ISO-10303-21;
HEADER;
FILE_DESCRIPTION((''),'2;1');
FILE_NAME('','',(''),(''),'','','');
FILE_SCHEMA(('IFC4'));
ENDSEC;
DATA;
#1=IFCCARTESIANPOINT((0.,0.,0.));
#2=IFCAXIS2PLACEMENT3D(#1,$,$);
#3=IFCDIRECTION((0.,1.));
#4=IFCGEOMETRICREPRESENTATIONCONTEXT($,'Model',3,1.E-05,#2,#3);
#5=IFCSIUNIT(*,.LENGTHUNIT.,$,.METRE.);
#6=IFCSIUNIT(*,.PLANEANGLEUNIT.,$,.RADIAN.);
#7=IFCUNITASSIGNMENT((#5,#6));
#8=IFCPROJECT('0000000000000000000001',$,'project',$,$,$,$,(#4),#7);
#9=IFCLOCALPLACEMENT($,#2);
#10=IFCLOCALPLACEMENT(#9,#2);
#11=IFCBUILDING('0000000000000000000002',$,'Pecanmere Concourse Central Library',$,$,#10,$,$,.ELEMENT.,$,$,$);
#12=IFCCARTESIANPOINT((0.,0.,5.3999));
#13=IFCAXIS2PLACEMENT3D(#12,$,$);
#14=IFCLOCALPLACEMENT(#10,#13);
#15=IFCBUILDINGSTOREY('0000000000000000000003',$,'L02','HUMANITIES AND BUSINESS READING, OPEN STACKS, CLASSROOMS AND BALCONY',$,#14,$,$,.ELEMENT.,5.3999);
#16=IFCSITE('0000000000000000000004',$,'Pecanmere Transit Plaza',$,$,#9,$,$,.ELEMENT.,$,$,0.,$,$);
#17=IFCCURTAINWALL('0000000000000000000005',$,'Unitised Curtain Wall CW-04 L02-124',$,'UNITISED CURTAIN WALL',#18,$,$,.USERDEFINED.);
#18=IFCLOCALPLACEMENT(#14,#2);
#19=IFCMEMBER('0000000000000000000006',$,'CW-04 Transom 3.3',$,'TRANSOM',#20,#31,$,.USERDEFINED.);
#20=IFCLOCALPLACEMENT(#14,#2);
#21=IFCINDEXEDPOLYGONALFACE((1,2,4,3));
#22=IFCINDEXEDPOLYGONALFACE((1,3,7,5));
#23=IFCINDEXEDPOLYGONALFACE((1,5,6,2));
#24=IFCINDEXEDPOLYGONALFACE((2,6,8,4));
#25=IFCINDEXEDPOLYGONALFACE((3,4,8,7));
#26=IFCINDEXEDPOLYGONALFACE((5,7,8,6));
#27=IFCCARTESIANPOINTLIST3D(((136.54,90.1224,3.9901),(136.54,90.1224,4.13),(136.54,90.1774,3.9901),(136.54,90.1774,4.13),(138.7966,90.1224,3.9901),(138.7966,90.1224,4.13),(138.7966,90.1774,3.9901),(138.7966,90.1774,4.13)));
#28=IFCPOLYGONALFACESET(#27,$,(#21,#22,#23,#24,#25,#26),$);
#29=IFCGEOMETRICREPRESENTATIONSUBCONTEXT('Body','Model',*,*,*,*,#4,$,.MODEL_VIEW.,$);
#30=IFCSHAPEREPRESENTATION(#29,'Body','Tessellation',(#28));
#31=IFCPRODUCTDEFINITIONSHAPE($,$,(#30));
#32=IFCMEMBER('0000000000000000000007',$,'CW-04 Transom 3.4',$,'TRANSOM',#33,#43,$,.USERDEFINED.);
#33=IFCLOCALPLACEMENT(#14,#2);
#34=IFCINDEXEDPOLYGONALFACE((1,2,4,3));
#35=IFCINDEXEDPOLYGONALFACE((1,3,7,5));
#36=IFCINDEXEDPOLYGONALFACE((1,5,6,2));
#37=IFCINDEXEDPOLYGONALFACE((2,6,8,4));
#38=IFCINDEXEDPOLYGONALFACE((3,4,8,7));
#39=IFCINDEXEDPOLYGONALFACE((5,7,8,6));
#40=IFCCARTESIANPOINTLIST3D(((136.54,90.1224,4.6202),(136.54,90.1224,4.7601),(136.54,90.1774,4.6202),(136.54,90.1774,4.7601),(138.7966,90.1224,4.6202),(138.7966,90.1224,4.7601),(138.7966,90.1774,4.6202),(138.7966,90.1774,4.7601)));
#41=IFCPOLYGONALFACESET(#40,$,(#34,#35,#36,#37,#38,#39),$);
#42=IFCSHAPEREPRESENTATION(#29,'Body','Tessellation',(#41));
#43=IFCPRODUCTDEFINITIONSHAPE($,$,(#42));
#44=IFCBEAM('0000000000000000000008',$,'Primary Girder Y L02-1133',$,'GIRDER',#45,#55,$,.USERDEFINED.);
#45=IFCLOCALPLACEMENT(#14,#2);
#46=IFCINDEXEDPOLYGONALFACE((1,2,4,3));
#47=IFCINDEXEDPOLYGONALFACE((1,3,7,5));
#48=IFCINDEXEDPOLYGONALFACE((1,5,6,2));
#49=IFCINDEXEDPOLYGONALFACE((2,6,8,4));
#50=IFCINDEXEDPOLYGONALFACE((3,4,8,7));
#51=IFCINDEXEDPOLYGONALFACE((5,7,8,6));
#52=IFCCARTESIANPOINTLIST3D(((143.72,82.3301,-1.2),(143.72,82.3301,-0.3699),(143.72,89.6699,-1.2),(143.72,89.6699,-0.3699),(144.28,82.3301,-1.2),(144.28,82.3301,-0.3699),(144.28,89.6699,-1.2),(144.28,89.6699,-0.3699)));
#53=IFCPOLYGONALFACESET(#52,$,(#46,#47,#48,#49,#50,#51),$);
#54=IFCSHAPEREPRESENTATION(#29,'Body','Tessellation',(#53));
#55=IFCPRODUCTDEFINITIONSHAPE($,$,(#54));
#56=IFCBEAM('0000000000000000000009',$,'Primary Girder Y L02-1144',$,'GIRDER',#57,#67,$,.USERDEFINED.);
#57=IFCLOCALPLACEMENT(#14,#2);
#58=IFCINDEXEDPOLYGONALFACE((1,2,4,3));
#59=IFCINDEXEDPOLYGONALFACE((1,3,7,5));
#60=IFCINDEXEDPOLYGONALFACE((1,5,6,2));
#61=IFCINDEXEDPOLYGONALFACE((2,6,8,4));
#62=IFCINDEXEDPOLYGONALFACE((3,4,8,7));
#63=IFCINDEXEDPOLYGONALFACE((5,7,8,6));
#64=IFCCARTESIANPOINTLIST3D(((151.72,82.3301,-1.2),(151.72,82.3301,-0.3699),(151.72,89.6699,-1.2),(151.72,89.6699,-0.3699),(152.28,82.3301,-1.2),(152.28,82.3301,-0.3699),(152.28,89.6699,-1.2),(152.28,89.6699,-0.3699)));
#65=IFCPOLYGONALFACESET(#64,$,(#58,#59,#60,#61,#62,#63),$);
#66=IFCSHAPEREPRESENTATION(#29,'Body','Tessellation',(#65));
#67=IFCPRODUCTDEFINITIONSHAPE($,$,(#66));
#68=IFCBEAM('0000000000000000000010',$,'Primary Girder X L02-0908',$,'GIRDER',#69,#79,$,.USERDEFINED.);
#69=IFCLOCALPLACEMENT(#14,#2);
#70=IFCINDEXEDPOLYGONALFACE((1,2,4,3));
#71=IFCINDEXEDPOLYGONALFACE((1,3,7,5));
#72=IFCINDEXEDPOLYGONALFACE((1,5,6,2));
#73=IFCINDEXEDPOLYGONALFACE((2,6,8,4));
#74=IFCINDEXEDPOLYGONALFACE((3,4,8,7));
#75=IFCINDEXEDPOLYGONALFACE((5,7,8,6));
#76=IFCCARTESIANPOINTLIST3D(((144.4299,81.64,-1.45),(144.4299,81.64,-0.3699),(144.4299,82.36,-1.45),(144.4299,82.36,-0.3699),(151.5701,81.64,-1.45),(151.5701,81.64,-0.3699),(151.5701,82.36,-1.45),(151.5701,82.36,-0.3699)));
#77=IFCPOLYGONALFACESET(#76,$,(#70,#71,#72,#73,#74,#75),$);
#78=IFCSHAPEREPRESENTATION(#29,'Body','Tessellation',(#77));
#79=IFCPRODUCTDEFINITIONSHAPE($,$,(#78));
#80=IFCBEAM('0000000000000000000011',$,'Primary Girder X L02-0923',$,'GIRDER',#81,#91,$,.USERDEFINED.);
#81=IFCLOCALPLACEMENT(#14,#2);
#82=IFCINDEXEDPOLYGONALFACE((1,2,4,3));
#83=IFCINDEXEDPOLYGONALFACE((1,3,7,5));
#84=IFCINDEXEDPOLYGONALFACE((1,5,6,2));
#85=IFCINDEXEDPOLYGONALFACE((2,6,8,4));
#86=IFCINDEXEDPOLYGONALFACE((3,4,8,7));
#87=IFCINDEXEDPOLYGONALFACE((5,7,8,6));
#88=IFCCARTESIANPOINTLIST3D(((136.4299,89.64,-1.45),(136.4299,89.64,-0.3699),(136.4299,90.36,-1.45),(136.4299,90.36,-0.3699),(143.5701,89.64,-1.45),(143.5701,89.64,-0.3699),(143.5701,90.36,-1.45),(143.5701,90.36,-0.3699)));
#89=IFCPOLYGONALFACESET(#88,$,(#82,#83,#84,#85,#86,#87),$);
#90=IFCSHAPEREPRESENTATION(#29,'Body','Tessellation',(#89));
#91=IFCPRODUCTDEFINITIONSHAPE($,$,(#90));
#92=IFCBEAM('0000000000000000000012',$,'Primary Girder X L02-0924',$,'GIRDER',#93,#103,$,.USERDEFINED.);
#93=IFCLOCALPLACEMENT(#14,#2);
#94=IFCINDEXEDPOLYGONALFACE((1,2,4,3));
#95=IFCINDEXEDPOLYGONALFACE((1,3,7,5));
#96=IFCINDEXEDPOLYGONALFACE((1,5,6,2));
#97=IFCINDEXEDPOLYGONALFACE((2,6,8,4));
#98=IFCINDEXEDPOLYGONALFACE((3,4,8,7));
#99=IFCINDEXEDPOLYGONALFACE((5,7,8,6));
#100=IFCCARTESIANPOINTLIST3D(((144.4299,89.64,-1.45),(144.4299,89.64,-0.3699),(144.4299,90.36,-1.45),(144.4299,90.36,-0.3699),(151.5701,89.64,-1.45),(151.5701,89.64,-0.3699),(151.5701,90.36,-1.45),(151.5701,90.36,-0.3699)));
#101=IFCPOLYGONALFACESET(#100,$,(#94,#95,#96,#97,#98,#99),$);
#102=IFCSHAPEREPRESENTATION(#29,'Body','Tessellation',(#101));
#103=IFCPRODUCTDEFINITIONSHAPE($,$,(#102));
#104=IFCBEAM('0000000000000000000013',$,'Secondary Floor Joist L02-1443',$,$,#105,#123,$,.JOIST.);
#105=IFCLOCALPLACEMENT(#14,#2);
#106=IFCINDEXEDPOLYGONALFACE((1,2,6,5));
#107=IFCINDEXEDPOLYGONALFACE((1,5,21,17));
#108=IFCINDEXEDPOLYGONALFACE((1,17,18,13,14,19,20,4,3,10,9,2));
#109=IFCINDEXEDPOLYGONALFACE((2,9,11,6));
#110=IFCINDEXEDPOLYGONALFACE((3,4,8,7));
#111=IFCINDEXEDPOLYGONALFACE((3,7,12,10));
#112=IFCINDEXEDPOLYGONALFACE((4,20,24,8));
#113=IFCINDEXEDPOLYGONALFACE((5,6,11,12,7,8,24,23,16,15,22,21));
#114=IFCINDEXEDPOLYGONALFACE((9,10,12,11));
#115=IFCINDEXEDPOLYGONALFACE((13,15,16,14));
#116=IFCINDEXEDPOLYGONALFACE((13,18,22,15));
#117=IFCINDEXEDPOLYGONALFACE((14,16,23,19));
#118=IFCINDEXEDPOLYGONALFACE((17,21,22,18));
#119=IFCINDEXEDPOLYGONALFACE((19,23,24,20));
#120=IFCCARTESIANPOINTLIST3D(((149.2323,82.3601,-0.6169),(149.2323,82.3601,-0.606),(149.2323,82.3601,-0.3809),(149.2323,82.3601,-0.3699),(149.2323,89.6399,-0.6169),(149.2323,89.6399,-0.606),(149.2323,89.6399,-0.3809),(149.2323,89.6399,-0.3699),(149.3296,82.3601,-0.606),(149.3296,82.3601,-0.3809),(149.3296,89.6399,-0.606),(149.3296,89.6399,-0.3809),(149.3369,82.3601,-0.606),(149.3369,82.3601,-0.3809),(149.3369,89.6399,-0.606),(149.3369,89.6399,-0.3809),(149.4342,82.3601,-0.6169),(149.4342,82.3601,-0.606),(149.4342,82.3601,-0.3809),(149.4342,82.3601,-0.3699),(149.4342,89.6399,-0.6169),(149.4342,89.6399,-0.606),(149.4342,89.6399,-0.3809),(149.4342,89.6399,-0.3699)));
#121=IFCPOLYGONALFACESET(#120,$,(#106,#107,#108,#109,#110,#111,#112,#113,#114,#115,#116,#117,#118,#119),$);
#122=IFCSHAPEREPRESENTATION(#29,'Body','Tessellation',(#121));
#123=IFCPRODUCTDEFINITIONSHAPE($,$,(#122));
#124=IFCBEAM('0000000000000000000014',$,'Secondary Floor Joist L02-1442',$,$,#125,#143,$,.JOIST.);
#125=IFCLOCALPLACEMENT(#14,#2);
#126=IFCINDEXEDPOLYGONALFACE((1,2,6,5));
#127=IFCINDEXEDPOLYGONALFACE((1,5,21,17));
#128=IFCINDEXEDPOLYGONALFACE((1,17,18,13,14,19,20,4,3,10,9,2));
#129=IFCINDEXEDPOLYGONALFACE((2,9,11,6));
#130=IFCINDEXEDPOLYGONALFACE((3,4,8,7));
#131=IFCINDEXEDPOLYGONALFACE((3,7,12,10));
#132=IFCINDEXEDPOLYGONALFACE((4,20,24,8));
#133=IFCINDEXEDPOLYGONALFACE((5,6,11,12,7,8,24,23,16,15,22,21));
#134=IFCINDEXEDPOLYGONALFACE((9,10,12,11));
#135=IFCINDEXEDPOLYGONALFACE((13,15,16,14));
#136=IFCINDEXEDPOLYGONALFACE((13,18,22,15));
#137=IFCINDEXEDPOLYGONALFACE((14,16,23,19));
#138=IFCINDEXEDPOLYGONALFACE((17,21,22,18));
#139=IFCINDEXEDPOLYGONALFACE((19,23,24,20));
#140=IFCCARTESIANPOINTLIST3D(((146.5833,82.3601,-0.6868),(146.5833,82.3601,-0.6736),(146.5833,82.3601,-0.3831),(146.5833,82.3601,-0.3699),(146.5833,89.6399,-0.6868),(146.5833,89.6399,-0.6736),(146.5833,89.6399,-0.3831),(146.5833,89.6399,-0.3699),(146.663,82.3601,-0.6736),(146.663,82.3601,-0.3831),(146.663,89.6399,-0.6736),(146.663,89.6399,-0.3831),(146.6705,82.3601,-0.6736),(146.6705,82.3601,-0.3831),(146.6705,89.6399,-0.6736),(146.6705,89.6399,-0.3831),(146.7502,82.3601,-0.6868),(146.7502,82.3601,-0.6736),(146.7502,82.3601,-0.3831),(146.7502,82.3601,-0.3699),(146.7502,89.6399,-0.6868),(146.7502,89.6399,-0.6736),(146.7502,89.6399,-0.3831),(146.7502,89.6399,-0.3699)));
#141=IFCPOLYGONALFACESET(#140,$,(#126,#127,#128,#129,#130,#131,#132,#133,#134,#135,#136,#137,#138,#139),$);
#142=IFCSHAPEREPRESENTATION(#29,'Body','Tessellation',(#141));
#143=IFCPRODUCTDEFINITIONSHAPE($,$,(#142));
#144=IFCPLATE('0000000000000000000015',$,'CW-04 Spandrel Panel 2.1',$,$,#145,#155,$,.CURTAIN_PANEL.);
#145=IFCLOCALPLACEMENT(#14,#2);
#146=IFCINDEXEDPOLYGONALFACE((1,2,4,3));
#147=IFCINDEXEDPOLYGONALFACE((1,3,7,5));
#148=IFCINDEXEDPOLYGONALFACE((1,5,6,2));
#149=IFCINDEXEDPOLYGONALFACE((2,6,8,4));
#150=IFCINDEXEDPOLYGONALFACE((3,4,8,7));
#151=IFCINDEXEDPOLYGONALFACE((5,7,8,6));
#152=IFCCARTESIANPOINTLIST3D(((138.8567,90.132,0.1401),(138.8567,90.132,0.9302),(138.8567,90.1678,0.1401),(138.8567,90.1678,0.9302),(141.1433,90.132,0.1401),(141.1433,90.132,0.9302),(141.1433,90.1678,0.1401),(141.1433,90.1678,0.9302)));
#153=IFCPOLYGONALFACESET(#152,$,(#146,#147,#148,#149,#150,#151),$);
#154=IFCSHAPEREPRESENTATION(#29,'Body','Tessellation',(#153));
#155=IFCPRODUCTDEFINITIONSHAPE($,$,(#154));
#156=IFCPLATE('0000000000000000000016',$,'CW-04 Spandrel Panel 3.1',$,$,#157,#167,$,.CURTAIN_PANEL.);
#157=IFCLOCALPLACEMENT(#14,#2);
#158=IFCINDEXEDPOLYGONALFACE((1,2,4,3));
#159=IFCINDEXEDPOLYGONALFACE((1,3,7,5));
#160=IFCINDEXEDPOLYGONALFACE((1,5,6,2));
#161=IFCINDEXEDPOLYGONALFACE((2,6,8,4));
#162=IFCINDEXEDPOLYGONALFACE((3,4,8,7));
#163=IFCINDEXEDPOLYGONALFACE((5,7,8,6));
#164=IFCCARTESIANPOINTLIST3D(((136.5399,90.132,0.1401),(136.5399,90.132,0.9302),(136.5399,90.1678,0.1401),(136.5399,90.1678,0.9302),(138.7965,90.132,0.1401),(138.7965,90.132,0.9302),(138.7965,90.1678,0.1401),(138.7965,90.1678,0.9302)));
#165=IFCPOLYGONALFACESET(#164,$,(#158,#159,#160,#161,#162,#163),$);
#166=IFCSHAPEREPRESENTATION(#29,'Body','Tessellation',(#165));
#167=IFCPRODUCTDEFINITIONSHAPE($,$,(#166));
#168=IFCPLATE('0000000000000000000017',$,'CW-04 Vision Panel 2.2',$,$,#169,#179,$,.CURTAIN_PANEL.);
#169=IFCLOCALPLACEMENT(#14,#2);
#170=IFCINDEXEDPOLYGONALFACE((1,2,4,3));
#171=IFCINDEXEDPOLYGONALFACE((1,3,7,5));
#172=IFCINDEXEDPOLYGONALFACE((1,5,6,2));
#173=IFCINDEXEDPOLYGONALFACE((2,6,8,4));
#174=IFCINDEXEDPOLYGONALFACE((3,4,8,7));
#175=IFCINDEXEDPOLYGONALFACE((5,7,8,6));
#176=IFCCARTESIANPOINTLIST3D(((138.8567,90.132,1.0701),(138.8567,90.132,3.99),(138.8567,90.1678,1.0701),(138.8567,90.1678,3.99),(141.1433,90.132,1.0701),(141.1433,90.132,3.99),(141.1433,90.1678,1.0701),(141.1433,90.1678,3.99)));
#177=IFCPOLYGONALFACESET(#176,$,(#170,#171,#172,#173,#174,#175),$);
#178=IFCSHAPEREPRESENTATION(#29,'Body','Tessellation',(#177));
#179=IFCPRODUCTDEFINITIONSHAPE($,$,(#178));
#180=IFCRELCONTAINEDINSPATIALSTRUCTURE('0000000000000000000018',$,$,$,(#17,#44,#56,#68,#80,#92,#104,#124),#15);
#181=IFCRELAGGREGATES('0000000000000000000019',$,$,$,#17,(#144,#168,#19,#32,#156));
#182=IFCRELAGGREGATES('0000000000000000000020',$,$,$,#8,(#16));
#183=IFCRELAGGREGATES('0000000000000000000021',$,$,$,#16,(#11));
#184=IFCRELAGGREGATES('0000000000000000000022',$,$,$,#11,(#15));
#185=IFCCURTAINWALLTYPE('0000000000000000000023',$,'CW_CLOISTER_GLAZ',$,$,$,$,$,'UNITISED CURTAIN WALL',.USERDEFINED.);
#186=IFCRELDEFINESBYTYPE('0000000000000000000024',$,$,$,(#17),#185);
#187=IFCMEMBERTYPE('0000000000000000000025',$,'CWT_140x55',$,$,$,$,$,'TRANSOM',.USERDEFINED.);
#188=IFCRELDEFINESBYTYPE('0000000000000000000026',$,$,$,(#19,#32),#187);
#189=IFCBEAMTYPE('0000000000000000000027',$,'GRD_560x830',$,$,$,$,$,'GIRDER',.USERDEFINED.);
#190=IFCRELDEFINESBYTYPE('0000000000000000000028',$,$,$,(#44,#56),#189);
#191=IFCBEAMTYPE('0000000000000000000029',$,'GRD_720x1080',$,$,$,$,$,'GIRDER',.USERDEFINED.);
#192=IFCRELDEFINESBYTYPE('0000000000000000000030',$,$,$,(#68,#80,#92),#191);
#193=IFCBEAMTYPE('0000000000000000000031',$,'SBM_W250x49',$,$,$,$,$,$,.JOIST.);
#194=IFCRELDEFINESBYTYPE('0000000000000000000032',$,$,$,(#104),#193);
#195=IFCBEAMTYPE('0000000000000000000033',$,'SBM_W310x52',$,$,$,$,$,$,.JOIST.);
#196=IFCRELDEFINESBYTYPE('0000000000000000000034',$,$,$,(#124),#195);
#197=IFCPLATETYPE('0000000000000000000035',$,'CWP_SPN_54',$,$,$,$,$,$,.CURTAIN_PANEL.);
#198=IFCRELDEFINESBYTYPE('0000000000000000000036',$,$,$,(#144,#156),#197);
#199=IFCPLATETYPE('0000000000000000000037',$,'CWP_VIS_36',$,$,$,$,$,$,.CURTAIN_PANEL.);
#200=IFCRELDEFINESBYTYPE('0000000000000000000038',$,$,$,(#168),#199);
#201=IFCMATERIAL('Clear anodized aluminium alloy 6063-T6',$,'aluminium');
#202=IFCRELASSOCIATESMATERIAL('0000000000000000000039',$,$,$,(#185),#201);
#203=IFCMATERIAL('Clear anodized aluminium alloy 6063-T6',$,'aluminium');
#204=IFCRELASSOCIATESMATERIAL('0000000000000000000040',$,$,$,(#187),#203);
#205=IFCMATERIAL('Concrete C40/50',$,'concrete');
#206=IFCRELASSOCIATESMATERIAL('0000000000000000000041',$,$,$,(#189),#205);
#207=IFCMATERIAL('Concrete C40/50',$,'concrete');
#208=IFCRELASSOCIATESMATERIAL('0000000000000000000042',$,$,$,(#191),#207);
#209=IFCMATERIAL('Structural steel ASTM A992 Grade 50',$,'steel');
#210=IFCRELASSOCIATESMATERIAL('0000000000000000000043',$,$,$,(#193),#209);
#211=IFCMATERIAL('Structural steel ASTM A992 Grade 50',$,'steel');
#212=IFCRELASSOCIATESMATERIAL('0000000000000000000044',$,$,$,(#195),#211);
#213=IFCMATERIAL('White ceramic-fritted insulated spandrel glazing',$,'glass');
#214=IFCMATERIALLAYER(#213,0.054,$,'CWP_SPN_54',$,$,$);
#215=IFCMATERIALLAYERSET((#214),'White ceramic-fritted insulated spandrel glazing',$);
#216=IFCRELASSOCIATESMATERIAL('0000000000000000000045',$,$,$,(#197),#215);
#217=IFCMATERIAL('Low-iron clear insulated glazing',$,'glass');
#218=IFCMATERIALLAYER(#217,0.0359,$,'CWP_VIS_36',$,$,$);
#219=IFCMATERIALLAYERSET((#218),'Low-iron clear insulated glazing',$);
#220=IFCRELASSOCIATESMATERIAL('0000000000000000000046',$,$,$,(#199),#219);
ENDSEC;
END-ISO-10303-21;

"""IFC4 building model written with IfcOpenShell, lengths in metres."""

from ifc_helpers import new_model, si_unit, direction, frame, origin, origin_2d, place, context, subcontext, project, spatial, rectangle, i_section, extrude, material, layer, layer_set, material_profile, profile_set, type_object, element, aggregate, save


model = new_model("IFC4")

# Units and contexts
model_context = context("Model", 3, precision=1e-05, world=origin(), true_north=direction((0.0, 1.0)))
body_context = subcontext(model_context, "Body", "Model", "MODEL_VIEW")
ifc_project = project(units=[si_unit("LENGTHUNIT", "METRE"), si_unit("PLANEANGLEUNIT", "RADIAN")], contexts=[model_context])

# Site, building, storey
site_placement = place(None, origin())
site = spatial("IfcSite", under=ifc_project, at=site_placement, Name="Pecanmere Transit Plaza", CompositionType="ELEMENT", RefElevation=0.0)
building_placement = place(site_placement, origin())
building = spatial("IfcBuilding", under=site, at=building_placement, Name="Pecanmere Concourse Central Library", CompositionType="ELEMENT")
storey_placement = place(building_placement, frame((0.0, 0.0, 5.3999)))
storey = spatial("IfcBuildingStorey", under=building, at=storey_placement, Name="L02", Description="HUMANITIES AND BUSINESS READING, OPEN STACKS, CLASSROOMS AND BALCONY", CompositionType="ELEMENT", Elevation=5.3999)

# Shared definitions
ifc_material_1 = material(Name="Clear anodized aluminium alloy 6063-T6", Category="aluminium")
curtain_wall_type = type_object("IfcCurtainWallType", Name="CW_CLOISTER_GLAZ", ElementType="UNITISED CURTAIN WALL", PredefinedType="USERDEFINED", material=ifc_material_1)

# Curtain wall, members
curtain_wall_1_placement = place(storey_placement, origin())
curtain_wall_1 = element("IfcCurtainWall", 1, at=curtain_wall_1_placement, inside=storey, type_object=curtain_wall_type, Name="Unitised Curtain Wall CW-04 L02-124", ObjectType="UNITISED CURTAIN WALL", PredefinedType="USERDEFINED")
ifc_material_2 = material(Name="Clear anodized aluminium alloy 6063-T6", Category="aluminium")
ifc_material_profile_1 = material_profile(ifc_material_2, rectangle(XDim=0.0549, YDim=0.1399, at=origin_2d()), Name="AL 55x140")
ifc_profile_set_1 = profile_set([ifc_material_profile_1], Name="Clear anodized aluminium alloy 6063-T6")
member_type_1 = type_object("IfcMemberType", Name="CWT_140x55", ElementType="TRANSOM", PredefinedType="USERDEFINED", material=ifc_profile_set_1)
member_1_placement = place(storey_placement, frame((138.7966, 90.1499, 4.0601), z_axis=(-1.0, 0.0, 0.0), x_axis=(0.0, -1.0, 0.0)))
member_1 = element("IfcMember", 2, at=member_1_placement, type_object=member_type_1, Name="CW-04 Transom 3.3", ObjectType="TRANSOM", PredefinedType="USERDEFINED", context=body_context, shape_type="SweptSolid", body=[
    extrude(rectangle(XDim=0.0549, YDim=0.1399, at=origin_2d()), origin(), (0.0, 0.0, 1.0), 2.2566),
])
member_2_placement = place(storey_placement, frame((138.7966, 90.1499, 4.6902), z_axis=(-1.0, 0.0, 0.0), x_axis=(0.0, -1.0, 0.0)))
member_2 = element("IfcMember", 3, at=member_2_placement, type_object=member_type_1, Name="CW-04 Transom 3.4", ObjectType="TRANSOM", PredefinedType="USERDEFINED", context=body_context, shape_type="SweptSolid", body=[
    extrude(rectangle(XDim=0.0549, YDim=0.1399, at=origin_2d()), origin(), (0.0, 0.0, 1.0), 2.2566),
])

# Beams
ifc_material_3 = material(Name="Concrete C40/50", Category="concrete")
ifc_material_profile_2 = material_profile(ifc_material_3, rectangle(XDim=0.5601, YDim=0.8301, at=origin_2d()), Name="RC 560x830")
ifc_profile_set_2 = profile_set([ifc_material_profile_2], Name="Concrete C40/50")
beam_type_1 = type_object("IfcBeamType", Name="GRD_560x830", ElementType="GIRDER", PredefinedType="USERDEFINED", material=ifc_profile_set_2)
for number, where, z_axis, x_axis, name in (
    (4, (144.0, 82.3301, -0.7849), (0.0, 1.0, 0.0), (-1.0, 0.0, 0.0), "Primary Girder Y L02-1133"),
    (5, (152.0, 82.3301, -0.7849), (0.0, 1.0, 0.0), (-1.0, 0.0, 0.0), "Primary Girder Y L02-1144"),
):
    element("IfcBeam", number, at=place(storey_placement, frame(where, z_axis=z_axis, x_axis=x_axis)), inside=storey, type_object=beam_type_1, Name=name, ObjectType="GIRDER", PredefinedType="USERDEFINED", context=body_context, shape_type="SweptSolid", body=[
        extrude(rectangle(XDim=0.5601, YDim=0.8301, at=origin_2d()), origin(), (0.0, 0.0, 1.0), 7.3398),
    ])
ifc_material_4 = material(Name="Concrete C40/50", Category="concrete")
ifc_material_profile_3 = material_profile(ifc_material_4, rectangle(XDim=0.72, YDim=1.0801, at=origin_2d()), Name="RC 720x1080")
ifc_profile_set_3 = profile_set([ifc_material_profile_3], Name="Concrete C40/50")
beam_type_2 = type_object("IfcBeamType", Name="GRD_720x1080", ElementType="GIRDER", PredefinedType="USERDEFINED", material=ifc_profile_set_3)
for number, where, z_axis, x_axis, name in (
    (6, (144.4299, 82.0, -0.9099), (1.0, 0.0, 0.0), (0.0, 1.0, 0.0), "Primary Girder X L02-0908"),
    (7, (136.4299, 90.0, -0.9099), (1.0, 0.0, 0.0), (0.0, 1.0, 0.0), "Primary Girder X L02-0923"),
    (8, (144.4299, 90.0, -0.9099), (1.0, 0.0, 0.0), (0.0, 1.0, 0.0), "Primary Girder X L02-0924"),
):
    element("IfcBeam", number, at=place(storey_placement, frame(where, z_axis=z_axis, x_axis=x_axis)), inside=storey, type_object=beam_type_2, Name=name, ObjectType="GIRDER", PredefinedType="USERDEFINED", context=body_context, shape_type="SweptSolid", body=[
        extrude(rectangle(XDim=0.72, YDim=1.0801, at=origin_2d()), origin(), (0.0, 0.0, 1.0), 7.1401),
    ])
ifc_material_5 = material(Name="Structural steel ASTM A992 Grade 50", Category="steel")
ifc_material_profile_4 = material_profile(ifc_material_5, i_section(OverallWidth=0.2019, OverallDepth=0.2471, WebThickness=0.0073, FlangeThickness=0.011, at=origin_2d()), Name="W250x49.1")
ifc_profile_set_4 = profile_set([ifc_material_profile_4], Name="Structural steel ASTM A992 Grade 50")
beam_type_3 = type_object("IfcBeamType", Name="SBM_W250x49", PredefinedType="JOIST", material=ifc_profile_set_4)
beam_1_placement = place(storey_placement, frame((149.3333, 82.3601, -0.4934), z_axis=(0.0, 1.0, 0.0), x_axis=(-1.0, 0.0, 0.0)))
element("IfcBeam", 9, at=beam_1_placement, inside=storey, type_object=beam_type_3, Name="Secondary Floor Joist L02-1443", PredefinedType="JOIST", context=body_context, shape_type="SweptSolid", body=[
    extrude(i_section(OverallWidth=0.2019, OverallDepth=0.2471, WebThickness=0.0073, FlangeThickness=0.011, at=origin_2d()), origin(), (0.0, 0.0, 1.0), 7.2798),
])
ifc_material_6 = material(Name="Structural steel ASTM A992 Grade 50", Category="steel")
ifc_material_profile_5 = material_profile(ifc_material_6, i_section(OverallWidth=0.167, OverallDepth=0.3169, WebThickness=0.0076, FlangeThickness=0.0132, at=origin_2d()), Name="W310x52")
ifc_profile_set_5 = profile_set([ifc_material_profile_5], Name="Structural steel ASTM A992 Grade 50")
beam_type_4 = type_object("IfcBeamType", Name="SBM_W310x52", PredefinedType="JOIST", material=ifc_profile_set_5)
beam_2_placement = place(storey_placement, frame((146.6667, 82.3601, -0.5283), z_axis=(0.0, 1.0, 0.0), x_axis=(-1.0, 0.0, 0.0)))
element("IfcBeam", 10, at=beam_2_placement, inside=storey, type_object=beam_type_4, Name="Secondary Floor Joist L02-1442", PredefinedType="JOIST", context=body_context, shape_type="SweptSolid", body=[
    extrude(i_section(OverallWidth=0.167, OverallDepth=0.3169, WebThickness=0.0076, FlangeThickness=0.0132, at=origin_2d()), origin(), (0.0, 0.0, 1.0), 7.2798),
])

# Plates
ifc_material_7 = material(Name="White ceramic-fritted insulated spandrel glazing", Category="glass")
ifc_layer_1 = layer(ifc_material_7, 0.054, Name="CWP_SPN_54")
ifc_layer_set_1 = layer_set([ifc_layer_1], Name="White ceramic-fritted insulated spandrel glazing")
plate_type_1 = type_object("IfcPlateType", Name="CWP_SPN_54", PredefinedType="CURTAIN_PANEL", material=ifc_layer_set_1)
plate_1_placement = place(storey_placement, frame((140.0, 90.1499, 0.1401), z_axis=(0.0, 0.0, 1.0), x_axis=(-1.0, 0.0, 0.0)))
plate_1 = element("IfcPlate", 11, at=plate_1_placement, type_object=plate_type_1, Name="CW-04 Spandrel Panel 2.1", PredefinedType="CURTAIN_PANEL", context=body_context, shape_type="SweptSolid", body=[
    extrude(rectangle(XDim=2.2866, YDim=0.0359, at=origin_2d()), origin(), (0.0, 0.0, 1.0), 0.79),
])
plate_2_placement = place(storey_placement, frame((137.6682, 90.1499, 0.1401), z_axis=(0.0, 0.0, 1.0), x_axis=(-1.0, 0.0, 0.0)))
plate_2 = element("IfcPlate", 12, at=plate_2_placement, type_object=plate_type_1, Name="CW-04 Spandrel Panel 3.1", PredefinedType="CURTAIN_PANEL", context=body_context, shape_type="SweptSolid", body=[
    extrude(rectangle(XDim=2.2566, YDim=0.0359, at=origin_2d()), origin(), (0.0, 0.0, 1.0), 0.79),
])
ifc_material_8 = material(Name="Low-iron clear insulated glazing", Category="glass")
ifc_layer_2 = layer(ifc_material_8, 0.0359, Name="CWP_VIS_36")
ifc_layer_set_2 = layer_set([ifc_layer_2], Name="Low-iron clear insulated glazing")
plate_type_2 = type_object("IfcPlateType", Name="CWP_VIS_36", PredefinedType="CURTAIN_PANEL", material=ifc_layer_set_2)
plate_3_placement = place(storey_placement, frame((140.0, 90.1499, 1.0701), z_axis=(0.0, 0.0, 1.0), x_axis=(-1.0, 0.0, 0.0)))
plate_3 = element("IfcPlate", 13, at=plate_3_placement, type_object=plate_type_2, Name="CW-04 Vision Panel 2.2", PredefinedType="CURTAIN_PANEL", context=body_context, shape_type="SweptSolid", body=[
    extrude(rectangle(XDim=2.2866, YDim=0.0359, at=origin_2d()), origin(), (0.0, 0.0, 1.0), 2.9199),
])
aggregate(curtain_wall_1, [plate_1, plate_3, member_1, member_2, plate_2])

save(model, "model.ifc")
